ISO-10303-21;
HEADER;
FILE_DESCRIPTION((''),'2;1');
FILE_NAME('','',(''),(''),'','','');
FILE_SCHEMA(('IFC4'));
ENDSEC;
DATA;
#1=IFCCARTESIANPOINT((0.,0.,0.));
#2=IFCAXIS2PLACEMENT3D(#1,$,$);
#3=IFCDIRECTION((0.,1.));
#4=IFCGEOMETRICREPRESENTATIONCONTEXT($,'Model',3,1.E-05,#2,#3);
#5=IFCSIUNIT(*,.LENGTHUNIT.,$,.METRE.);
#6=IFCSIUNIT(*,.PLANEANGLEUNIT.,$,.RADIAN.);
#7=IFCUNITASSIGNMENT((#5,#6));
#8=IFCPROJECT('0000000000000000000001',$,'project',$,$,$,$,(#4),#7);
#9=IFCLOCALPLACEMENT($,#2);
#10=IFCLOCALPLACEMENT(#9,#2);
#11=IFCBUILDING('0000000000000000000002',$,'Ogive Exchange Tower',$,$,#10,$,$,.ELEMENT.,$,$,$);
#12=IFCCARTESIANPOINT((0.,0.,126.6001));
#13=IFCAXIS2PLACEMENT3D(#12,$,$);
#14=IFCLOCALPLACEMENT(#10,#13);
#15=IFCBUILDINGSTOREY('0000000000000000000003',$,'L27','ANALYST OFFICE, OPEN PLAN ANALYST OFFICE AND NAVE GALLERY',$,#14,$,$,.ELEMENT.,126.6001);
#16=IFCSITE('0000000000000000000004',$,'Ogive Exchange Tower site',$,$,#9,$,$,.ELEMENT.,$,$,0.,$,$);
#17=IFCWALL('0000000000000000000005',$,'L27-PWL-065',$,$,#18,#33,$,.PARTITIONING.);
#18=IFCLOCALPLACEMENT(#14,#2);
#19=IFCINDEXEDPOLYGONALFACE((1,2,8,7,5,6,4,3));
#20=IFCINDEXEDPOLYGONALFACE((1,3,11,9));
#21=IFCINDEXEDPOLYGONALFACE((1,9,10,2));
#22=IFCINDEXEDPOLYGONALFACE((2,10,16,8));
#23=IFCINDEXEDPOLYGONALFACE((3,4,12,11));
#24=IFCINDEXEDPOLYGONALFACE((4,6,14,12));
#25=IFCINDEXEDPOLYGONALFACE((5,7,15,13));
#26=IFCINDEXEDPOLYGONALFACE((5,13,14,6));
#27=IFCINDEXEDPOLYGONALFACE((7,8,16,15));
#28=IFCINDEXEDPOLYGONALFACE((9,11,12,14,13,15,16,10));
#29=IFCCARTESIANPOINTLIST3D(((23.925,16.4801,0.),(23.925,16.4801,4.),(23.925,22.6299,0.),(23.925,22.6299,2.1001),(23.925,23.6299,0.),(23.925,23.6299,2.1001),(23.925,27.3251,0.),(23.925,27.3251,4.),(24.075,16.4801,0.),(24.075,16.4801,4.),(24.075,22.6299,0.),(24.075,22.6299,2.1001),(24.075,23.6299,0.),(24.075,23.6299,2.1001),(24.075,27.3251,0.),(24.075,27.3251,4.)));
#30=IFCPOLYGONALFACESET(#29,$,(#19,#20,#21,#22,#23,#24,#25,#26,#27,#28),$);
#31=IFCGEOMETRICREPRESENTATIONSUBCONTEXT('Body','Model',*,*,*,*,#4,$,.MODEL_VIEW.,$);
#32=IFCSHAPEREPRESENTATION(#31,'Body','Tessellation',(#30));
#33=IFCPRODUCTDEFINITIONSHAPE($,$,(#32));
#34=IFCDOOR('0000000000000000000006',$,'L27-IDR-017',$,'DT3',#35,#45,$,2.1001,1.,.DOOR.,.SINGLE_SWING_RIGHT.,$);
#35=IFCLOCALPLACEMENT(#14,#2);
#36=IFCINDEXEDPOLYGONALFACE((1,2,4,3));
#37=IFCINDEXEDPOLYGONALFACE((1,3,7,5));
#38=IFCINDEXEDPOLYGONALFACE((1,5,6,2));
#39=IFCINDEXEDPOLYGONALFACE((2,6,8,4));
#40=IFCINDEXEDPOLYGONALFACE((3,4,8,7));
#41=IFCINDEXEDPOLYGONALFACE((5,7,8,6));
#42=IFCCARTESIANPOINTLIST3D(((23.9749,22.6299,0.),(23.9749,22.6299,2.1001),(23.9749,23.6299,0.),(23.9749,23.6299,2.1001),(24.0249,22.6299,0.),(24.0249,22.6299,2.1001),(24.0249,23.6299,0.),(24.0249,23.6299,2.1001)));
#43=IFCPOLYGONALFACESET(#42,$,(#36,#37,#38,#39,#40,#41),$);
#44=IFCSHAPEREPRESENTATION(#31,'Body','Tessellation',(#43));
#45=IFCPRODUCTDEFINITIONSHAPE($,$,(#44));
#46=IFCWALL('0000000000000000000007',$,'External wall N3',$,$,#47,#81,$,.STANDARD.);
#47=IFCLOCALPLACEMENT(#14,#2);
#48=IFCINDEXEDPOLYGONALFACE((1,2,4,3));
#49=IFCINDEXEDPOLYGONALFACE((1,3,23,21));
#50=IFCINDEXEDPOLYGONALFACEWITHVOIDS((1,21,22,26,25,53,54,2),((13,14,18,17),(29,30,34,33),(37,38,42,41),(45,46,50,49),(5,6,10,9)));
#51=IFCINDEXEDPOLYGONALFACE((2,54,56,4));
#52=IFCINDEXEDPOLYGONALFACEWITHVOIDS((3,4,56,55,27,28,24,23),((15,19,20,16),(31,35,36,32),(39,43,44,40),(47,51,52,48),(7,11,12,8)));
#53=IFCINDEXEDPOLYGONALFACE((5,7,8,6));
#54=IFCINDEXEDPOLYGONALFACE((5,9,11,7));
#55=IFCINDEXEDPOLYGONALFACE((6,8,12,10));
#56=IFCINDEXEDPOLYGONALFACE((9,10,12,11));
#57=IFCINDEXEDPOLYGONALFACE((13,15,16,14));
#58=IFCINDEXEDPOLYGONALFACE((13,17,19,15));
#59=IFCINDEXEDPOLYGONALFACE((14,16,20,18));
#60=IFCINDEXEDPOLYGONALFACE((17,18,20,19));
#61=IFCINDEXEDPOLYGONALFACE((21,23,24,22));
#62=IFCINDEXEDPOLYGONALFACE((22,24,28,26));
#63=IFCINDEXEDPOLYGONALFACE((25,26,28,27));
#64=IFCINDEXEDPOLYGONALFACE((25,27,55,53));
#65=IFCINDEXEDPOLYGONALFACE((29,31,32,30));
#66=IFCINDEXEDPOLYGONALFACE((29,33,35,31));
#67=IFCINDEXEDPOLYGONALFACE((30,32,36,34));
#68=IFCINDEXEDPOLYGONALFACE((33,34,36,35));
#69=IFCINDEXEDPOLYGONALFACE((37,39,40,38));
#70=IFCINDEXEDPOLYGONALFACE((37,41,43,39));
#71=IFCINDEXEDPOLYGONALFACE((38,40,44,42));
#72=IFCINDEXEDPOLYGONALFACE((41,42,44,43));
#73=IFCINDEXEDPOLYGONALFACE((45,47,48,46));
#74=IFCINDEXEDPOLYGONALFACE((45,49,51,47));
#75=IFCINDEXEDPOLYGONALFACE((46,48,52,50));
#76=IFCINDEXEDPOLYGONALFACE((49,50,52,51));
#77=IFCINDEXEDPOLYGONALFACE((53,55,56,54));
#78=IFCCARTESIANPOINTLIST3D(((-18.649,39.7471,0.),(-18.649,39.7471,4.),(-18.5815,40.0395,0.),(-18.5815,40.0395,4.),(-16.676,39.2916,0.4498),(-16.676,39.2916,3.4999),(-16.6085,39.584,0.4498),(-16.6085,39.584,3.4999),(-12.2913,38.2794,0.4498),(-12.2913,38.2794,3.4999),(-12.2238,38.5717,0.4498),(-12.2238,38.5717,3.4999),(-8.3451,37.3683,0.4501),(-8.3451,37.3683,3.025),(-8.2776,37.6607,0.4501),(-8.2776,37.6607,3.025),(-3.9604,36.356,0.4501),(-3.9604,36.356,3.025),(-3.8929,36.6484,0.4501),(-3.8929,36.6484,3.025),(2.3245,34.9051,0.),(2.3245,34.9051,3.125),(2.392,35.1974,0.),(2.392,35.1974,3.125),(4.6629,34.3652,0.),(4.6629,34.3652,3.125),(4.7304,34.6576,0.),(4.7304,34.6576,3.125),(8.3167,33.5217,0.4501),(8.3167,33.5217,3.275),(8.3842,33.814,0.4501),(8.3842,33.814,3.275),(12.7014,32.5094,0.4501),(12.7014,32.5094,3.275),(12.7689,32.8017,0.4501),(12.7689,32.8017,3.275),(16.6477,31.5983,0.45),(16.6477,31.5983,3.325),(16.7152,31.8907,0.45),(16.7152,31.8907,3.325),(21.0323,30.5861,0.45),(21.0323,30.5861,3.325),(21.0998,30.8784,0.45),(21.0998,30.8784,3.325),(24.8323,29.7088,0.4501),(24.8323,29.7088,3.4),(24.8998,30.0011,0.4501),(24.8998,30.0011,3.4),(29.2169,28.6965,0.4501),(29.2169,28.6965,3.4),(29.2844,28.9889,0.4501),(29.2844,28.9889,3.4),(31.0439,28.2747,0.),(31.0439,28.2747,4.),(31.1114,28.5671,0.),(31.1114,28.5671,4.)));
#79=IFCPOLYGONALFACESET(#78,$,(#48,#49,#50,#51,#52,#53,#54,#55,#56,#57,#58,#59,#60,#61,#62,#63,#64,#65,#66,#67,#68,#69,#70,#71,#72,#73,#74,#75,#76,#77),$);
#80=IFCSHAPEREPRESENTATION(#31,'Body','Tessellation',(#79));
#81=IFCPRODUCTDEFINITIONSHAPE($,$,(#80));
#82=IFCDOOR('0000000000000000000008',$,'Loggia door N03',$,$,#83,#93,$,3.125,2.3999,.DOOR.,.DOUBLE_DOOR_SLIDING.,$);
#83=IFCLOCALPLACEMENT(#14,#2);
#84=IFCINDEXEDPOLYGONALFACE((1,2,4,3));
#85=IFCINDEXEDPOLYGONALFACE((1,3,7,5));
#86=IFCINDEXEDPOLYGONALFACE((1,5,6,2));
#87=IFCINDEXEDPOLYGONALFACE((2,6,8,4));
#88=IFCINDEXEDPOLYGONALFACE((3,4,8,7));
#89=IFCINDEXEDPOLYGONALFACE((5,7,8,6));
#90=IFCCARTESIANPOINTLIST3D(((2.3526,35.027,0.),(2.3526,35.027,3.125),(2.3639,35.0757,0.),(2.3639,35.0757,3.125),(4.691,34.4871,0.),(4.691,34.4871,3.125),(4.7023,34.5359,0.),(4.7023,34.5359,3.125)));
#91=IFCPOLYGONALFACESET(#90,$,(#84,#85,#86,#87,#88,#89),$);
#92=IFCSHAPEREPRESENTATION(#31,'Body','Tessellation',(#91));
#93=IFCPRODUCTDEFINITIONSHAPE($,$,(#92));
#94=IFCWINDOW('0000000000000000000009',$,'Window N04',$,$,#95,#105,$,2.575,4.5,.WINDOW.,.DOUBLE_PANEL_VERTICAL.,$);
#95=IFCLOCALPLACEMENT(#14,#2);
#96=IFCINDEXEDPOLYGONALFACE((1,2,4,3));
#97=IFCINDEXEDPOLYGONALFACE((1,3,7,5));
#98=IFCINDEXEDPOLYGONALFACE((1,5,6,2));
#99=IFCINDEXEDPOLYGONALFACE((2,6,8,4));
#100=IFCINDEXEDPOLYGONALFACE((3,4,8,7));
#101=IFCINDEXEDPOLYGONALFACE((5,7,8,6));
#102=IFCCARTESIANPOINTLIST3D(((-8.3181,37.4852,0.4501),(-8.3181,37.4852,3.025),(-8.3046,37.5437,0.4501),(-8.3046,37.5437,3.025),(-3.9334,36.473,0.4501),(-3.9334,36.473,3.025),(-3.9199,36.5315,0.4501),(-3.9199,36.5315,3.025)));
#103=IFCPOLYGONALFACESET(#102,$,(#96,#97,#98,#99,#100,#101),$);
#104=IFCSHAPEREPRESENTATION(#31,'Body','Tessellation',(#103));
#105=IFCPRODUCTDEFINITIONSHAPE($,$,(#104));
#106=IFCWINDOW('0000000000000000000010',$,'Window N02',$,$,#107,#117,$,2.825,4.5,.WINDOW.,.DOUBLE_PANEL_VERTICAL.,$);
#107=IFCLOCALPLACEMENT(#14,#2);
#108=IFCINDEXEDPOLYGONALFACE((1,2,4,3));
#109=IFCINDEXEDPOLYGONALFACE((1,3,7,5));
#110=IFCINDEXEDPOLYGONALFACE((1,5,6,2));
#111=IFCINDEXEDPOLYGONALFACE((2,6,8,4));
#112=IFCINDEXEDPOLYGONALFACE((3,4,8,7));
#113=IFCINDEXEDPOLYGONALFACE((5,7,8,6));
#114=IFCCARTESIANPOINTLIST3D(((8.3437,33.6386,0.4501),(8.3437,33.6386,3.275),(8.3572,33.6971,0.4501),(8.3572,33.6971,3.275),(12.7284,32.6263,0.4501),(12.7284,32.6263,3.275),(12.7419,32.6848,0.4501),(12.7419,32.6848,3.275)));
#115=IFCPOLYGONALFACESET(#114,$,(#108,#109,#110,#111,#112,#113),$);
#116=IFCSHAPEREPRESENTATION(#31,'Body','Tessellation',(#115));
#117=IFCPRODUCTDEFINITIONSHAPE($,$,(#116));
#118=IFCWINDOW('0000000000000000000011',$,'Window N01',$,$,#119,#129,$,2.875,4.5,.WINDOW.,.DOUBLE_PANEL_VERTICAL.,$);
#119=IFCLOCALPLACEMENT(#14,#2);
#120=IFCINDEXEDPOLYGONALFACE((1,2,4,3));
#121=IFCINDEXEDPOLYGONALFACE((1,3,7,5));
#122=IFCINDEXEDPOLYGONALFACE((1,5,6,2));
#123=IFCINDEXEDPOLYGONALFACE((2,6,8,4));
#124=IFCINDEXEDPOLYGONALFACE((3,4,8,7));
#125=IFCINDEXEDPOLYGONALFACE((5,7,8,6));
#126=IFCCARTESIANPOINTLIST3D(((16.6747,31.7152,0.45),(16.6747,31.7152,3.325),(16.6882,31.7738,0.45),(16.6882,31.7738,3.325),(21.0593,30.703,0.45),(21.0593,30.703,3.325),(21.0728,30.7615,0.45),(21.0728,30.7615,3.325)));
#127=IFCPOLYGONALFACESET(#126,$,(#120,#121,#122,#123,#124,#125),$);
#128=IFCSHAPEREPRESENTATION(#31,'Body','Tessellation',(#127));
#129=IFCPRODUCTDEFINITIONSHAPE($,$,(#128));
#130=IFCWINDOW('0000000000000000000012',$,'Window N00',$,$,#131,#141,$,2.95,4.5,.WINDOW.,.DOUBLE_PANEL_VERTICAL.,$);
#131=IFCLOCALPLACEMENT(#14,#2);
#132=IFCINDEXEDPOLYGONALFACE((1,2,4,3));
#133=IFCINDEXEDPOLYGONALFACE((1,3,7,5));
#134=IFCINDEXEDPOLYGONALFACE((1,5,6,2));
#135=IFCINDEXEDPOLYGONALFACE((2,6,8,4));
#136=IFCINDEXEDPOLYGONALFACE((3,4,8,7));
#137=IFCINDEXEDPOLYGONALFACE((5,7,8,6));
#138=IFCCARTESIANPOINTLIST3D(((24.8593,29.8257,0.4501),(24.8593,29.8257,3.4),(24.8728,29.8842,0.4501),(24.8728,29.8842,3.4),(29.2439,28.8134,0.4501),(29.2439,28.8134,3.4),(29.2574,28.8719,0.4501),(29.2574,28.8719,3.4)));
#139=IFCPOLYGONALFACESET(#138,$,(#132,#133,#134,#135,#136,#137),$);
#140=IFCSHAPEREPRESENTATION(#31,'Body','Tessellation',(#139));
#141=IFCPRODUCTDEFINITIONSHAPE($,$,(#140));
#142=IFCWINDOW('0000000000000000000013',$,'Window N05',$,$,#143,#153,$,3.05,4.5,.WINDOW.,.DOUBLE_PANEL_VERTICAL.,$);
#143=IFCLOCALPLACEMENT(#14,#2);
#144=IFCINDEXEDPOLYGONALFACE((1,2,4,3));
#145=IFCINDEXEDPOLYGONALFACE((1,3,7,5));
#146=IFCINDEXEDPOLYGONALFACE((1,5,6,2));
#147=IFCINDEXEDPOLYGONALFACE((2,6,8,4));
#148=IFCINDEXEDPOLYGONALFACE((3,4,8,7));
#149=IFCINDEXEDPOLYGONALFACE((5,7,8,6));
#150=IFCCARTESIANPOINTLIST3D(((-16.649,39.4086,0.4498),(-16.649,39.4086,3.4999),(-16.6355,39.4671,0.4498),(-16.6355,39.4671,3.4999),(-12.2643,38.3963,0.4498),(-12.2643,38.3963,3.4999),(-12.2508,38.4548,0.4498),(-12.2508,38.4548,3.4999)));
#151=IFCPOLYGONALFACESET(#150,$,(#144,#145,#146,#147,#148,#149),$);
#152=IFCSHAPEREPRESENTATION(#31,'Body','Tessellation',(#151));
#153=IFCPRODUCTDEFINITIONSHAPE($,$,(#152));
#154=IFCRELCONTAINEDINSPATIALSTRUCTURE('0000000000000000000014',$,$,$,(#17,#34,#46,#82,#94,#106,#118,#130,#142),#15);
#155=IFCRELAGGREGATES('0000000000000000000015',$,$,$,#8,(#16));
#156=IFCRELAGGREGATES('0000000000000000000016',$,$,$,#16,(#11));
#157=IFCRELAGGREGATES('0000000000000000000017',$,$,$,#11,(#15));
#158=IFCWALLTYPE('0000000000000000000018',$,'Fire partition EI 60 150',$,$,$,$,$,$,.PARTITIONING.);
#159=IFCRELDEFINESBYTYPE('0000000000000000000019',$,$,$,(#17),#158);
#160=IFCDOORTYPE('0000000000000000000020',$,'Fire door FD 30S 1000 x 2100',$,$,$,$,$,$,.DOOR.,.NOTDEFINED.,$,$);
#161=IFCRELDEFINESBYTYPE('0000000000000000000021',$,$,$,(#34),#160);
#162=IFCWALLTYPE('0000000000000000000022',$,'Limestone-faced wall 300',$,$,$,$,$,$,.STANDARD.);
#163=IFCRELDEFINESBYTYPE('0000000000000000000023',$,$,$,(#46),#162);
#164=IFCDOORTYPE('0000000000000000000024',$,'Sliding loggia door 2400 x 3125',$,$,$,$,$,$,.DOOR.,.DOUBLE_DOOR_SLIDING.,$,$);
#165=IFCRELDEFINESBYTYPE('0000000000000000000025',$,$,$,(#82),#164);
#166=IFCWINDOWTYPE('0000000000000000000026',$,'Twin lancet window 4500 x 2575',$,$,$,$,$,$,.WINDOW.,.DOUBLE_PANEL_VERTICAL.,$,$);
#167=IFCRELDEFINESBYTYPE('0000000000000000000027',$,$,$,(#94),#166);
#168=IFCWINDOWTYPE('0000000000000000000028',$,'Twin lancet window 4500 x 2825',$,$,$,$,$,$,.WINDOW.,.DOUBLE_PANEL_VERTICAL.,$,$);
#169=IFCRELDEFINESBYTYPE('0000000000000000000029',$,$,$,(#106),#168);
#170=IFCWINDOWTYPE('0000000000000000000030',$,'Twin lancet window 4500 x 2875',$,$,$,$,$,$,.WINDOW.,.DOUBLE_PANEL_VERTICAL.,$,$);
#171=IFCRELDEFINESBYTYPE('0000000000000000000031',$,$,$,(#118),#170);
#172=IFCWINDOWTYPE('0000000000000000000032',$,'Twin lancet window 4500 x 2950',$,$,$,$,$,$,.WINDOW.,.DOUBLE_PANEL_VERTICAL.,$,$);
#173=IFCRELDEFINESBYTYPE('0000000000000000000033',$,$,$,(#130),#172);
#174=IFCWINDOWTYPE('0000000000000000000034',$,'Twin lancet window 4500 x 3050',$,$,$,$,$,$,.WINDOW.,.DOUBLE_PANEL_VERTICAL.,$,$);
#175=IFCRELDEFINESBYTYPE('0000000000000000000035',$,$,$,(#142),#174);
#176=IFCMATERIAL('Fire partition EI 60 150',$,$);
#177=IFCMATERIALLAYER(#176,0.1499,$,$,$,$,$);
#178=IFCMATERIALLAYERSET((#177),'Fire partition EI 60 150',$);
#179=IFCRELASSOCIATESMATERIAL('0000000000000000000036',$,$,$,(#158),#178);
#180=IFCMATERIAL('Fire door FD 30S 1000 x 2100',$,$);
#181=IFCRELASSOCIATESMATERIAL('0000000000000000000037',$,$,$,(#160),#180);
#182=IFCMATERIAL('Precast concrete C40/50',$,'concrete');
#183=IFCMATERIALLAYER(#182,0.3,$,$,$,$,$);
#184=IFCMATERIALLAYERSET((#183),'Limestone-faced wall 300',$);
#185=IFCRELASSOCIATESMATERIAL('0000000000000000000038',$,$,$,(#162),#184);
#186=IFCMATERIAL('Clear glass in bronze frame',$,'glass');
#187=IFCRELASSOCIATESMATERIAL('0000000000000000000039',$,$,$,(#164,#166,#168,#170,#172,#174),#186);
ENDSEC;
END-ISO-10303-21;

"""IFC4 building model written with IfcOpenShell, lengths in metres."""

from ifc_helpers import new_model, si_unit, direction, frame, frame_2d, origin, place, context, subcontext, project, spatial, rectangle, extrude, material, layer, layer_set, type_object, element, fill, save


model = new_model("IFC4")

# Units and contexts
model_context = context("Model", 3, precision=1e-05, world=origin(), true_north=direction((0.0, 1.0)))
body_context = subcontext(model_context, "Body", "Model", "MODEL_VIEW")
ifc_project = project(units=[si_unit("LENGTHUNIT", "METRE"), si_unit("PLANEANGLEUNIT", "RADIAN")], contexts=[model_context])

# Site, building, storey
site_placement = place(None, origin())
site = spatial("IfcSite", under=ifc_project, at=site_placement, Name="Ogive Exchange Tower site", CompositionType="ELEMENT", RefElevation=0.0)
building_placement = place(site_placement, origin())
building = spatial("IfcBuilding", under=site, at=building_placement, Name="Ogive Exchange Tower", CompositionType="ELEMENT")
storey_placement = place(building_placement, frame((0.0, 0.0, 126.6001)))
storey = spatial("IfcBuildingStorey", under=building, at=storey_placement, Name="L27", Description="ANALYST OFFICE, OPEN PLAN ANALYST OFFICE AND NAVE GALLERY", CompositionType="ELEMENT", Elevation=126.6001)

# Shared definitions
ifc_material_1 = material(Name="Fire partition EI 60 150")
ifc_layer_1 = layer(ifc_material_1, 0.1499)
ifc_layer_set_1 = layer_set([ifc_layer_1], Name="Fire partition EI 60 150")
wall_type_1 = type_object("IfcWallType", Name="Fire partition EI 60 150", PredefinedType="PARTITIONING", material=ifc_layer_set_1)

# Wall, opening, door
wall_1_placement = place(storey_placement, frame((24.0, 27.325, 0.0), z_axis=(0.0, 0.0, 1.0), x_axis=(0.0, -1.0, 0.0)))
wall_1 = element("IfcWall", 1, at=wall_1_placement, inside=storey, type_object=wall_type_1, Name="L27-PWL-065", PredefinedType="PARTITIONING", context=body_context, shape_type="SweptSolid", body=[
    extrude(rectangle(XDim=10.845, YDim=0.1499, at=frame_2d((5.4224, 0.0))), origin(), (0.0, 0.0, 1.0), 4.0),
])
opening_1_placement = place(wall_1_placement, frame((3.6951, 0.0, 0.0)))
opening_1 = element("IfcOpeningElement", 2, at=opening_1_placement, cuts=wall_1, PredefinedType="OPENING", context=body_context, shape_type="SweptSolid", body=[
    extrude(rectangle(XDim=1.0, YDim=2.1001, at=frame_2d((0.5, 1.05))), frame((0.0, 0.085, 0.0), z_axis=(0.0, -1.0, 0.0), x_axis=(1.0, 0.0, 0.0)), (0.0, 0.0, 1.0), 0.1699),
])
ifc_material_2 = material(Name="Fire door FD 30S 1000 x 2100")
door_type_1 = type_object("IfcDoorType", Name="Fire door FD 30S 1000 x 2100", OperationType="NOTDEFINED", PredefinedType="DOOR", material=ifc_material_2)
door_1_placement = place(opening_1_placement, origin())
door_1 = element("IfcDoor", 3, at=door_1_placement, inside=storey, type_object=door_type_1, Name="L27-IDR-017", ObjectType="DT3", OperationType="SINGLE_SWING_RIGHT", OverallHeight=2.1001, OverallWidth=1.0, PredefinedType="DOOR", context=body_context, shape_type="SweptSolid", body=[
    extrude(rectangle(XDim=1.0, YDim=2.1001, at=frame_2d((0.5, 1.05))), frame((0.0, 0.0249, 0.0), z_axis=(0.0, -1.0, 0.0), x_axis=(1.0, 0.0, 0.0)), (0.0, 0.0, 1.0), 0.05),
])
fill(opening_1, door_1)

# Wall, openings, door, windows
ifc_material_3 = material(Name="Precast concrete C40/50", Category="concrete")
ifc_layer_2 = layer(ifc_material_3, 0.3)
ifc_layer_set_2 = layer_set([ifc_layer_2], Name="Limestone-faced wall 300")
wall_type_2 = type_object("IfcWallType", Name="Limestone-faced wall 300", PredefinedType="STANDARD", material=ifc_layer_set_2)
wall_2_placement = place(storey_placement, frame((31.0776, 28.4209, 0.0), z_axis=(0.0, 0.0, 1.0), x_axis=(-0.97437, 0.224949, 0.0)))
wall_2 = element("IfcWall", 4, at=wall_2_placement, inside=storey, type_object=wall_type_2, Name="External wall N3", PredefinedType="STANDARD", context=body_context, shape_type="SweptSolid", body=[
    extrude(rectangle(XDim=51.0, YDim=0.3, at=frame_2d((25.5, 0.0))), origin(), (0.0, 0.0, 1.0), 4.0),
])
opening_2_placement = place(wall_2_placement, frame((1.875, 0.0, 0.45)))
opening_2 = element("IfcOpeningElement", 5, at=opening_2_placement, cuts=wall_2, PredefinedType="OPENING", context=body_context, shape_type="SweptSolid", body=[
    extrude(rectangle(XDim=4.5, YDim=2.95, at=frame_2d((2.25, 1.4751))), frame((0.0, 0.1599, 0.0), z_axis=(0.0, -1.0, 0.0), x_axis=(1.0, 0.0, 0.0)), (0.0, 0.0, 1.0), 0.3201),
])
opening_3_placement = place(wall_2_placement, frame((10.2749, 0.0, 0.45)))
opening_3 = element("IfcOpeningElement", 6, at=opening_3_placement, cuts=wall_2, PredefinedType="OPENING", context=body_context, shape_type="SweptSolid", body=[
    extrude(rectangle(XDim=4.5, YDim=2.875, at=frame_2d((2.25, 1.4375))), frame((0.0, 0.1599, 0.0), z_axis=(0.0, -1.0, 0.0), x_axis=(1.0, 0.0, 0.0)), (0.0, 0.0, 1.0), 0.3201),
])
opening_4_placement = place(wall_2_placement, frame((18.825, 0.0, 0.45)))
opening_4 = element("IfcOpeningElement", 7, at=opening_4_placement, cuts=wall_2, PredefinedType="OPENING", context=body_context, shape_type="SweptSolid", body=[
    extrude(rectangle(XDim=4.5, YDim=2.825, at=frame_2d((2.25, 1.4126))), frame((0.0, 0.1599, 0.0), z_axis=(0.0, -1.0, 0.0), x_axis=(1.0, 0.0, 0.0)), (0.0, 0.0, 1.0), 0.3201),
])
opening_5_placement = place(wall_2_placement, frame((27.075, 0.0, 0.0)))
opening_5 = element("IfcOpeningElement", 8, at=opening_5_placement, cuts=wall_2, PredefinedType="OPENING", context=body_context, shape_type="SweptSolid", body=[
    extrude(rectangle(XDim=2.3999, YDim=3.125, at=frame_2d((1.2, 1.5625))), frame((0.0, 0.1599, 0.0), z_axis=(0.0, -1.0, 0.0), x_axis=(1.0, 0.0, 0.0)), (0.0, 0.0, 1.0), 0.3201),
])
opening_6_placement = place(wall_2_placement, frame((35.925, 0.0, 0.45)))
opening_6 = element("IfcOpeningElement", 9, at=opening_6_placement, cuts=wall_2, PredefinedType="OPENING", context=body_context, shape_type="SweptSolid", body=[
    extrude(rectangle(XDim=4.5, YDim=2.575, at=frame_2d((2.25, 1.2876))), frame((0.0, 0.1599, 0.0), z_axis=(0.0, -1.0, 0.0), x_axis=(1.0, 0.0, 0.0)), (0.0, 0.0, 1.0), 0.3201),
])
opening_7_placement = place(wall_2_placement, frame((44.4751, 0.0, 0.45)))
opening_7 = element("IfcOpeningElement", 10, at=opening_7_placement, cuts=wall_2, PredefinedType="OPENING", context=body_context, shape_type="SweptSolid", body=[
    extrude(rectangle(XDim=4.5, YDim=3.05, at=frame_2d((2.25, 1.5249))), frame((0.0, 0.1599, 0.0), z_axis=(0.0, -1.0, 0.0), x_axis=(1.0, 0.0, 0.0)), (0.0, 0.0, 1.0), 0.3201),
])
ifc_material_4 = material(Name="Clear glass in bronze frame", Category="glass")
door_type_2 = type_object("IfcDoorType", Name="Sliding loggia door 2400 x 3125", OperationType="DOUBLE_DOOR_SLIDING", PredefinedType="DOOR", material=ifc_material_4)
door_2_placement = place(opening_5_placement, origin())
door_2 = element("IfcDoor", 11, at=door_2_placement, inside=storey, type_object=door_type_2, Name="Loggia door N03", OperationType="DOUBLE_DOOR_SLIDING", OverallHeight=3.125, OverallWidth=2.3999, PredefinedType="DOOR", context=body_context, shape_type="SweptSolid", body=[
    extrude(rectangle(XDim=2.3999, YDim=3.125, at=frame_2d((1.2, 1.5625))), frame((0.0, 0.0249, 0.0), z_axis=(0.0, -1.0, 0.0), x_axis=(1.0, 0.0, 0.0)), (0.0, 0.0, 1.0), 0.05),
])
fill(opening_5, door_2)
window_type_1 = type_object("IfcWindowType", Name="Twin lancet window 4500 x 2575", PartitioningType="DOUBLE_PANEL_VERTICAL", PredefinedType="WINDOW", material=ifc_material_4)
window_1_placement = place(opening_6_placement, origin())
window_1 = element("IfcWindow", 12, at=window_1_placement, inside=storey, type_object=window_type_1, Name="Window N04", OverallHeight=2.575, OverallWidth=4.5, PartitioningType="DOUBLE_PANEL_VERTICAL", PredefinedType="WINDOW", context=body_context, shape_type="SweptSolid", body=[
    extrude(rectangle(XDim=4.5, YDim=2.575, at=frame_2d((2.25, 1.2876))), frame((0.0, 0.03, 0.0), z_axis=(0.0, -1.0, 0.0), x_axis=(1.0, 0.0, 0.0)), (0.0, 0.0, 1.0), 0.0601),
])
fill(opening_6, window_1)
window_type_2 = type_object("IfcWindowType", Name="Twin lancet window 4500 x 2825", PartitioningType="DOUBLE_PANEL_VERTICAL", PredefinedType="WINDOW", material=ifc_material_4)
window_2_placement = place(opening_4_placement, origin())
window_2 = element("IfcWindow", 13, at=window_2_placement, inside=storey, type_object=window_type_2, Name="Window N02", OverallHeight=2.825, OverallWidth=4.5, PartitioningType="DOUBLE_PANEL_VERTICAL", PredefinedType="WINDOW", context=body_context, shape_type="SweptSolid", body=[
    extrude(rectangle(XDim=4.5, YDim=2.825, at=frame_2d((2.25, 1.4126))), frame((0.0, 0.03, 0.0), z_axis=(0.0, -1.0, 0.0), x_axis=(1.0, 0.0, 0.0)), (0.0, 0.0, 1.0), 0.0601),
])
fill(opening_4, window_2)
window_type_3 = type_object("IfcWindowType", Name="Twin lancet window 4500 x 2875", PartitioningType="DOUBLE_PANEL_VERTICAL", PredefinedType="WINDOW", material=ifc_material_4)
window_3_placement = place(opening_3_placement, origin())
window_3 = element("IfcWindow", 14, at=window_3_placement, inside=storey, type_object=window_type_3, Name="Window N01", OverallHeight=2.875, OverallWidth=4.5, PartitioningType="DOUBLE_PANEL_VERTICAL", PredefinedType="WINDOW", context=body_context, shape_type="SweptSolid", body=[
    extrude(rectangle(XDim=4.5, YDim=2.875, at=frame_2d((2.25, 1.4375))), frame((0.0, 0.03, 0.0), z_axis=(0.0, -1.0, 0.0), x_axis=(1.0, 0.0, 0.0)), (0.0, 0.0, 1.0), 0.0601),
])
fill(opening_3, window_3)
window_type_4 = type_object("IfcWindowType", Name="Twin lancet window 4500 x 2950", PartitioningType="DOUBLE_PANEL_VERTICAL", PredefinedType="WINDOW", material=ifc_material_4)
window_4_placement = place(opening_2_placement, origin())
window_4 = element("IfcWindow", 15, at=window_4_placement, inside=storey, type_object=window_type_4, Name="Window N00", OverallHeight=2.95, OverallWidth=4.5, PartitioningType="DOUBLE_PANEL_VERTICAL", PredefinedType="WINDOW", context=body_context, shape_type="SweptSolid", body=[
    extrude(rectangle(XDim=4.5, YDim=2.95, at=frame_2d((2.25, 1.4751))), frame((0.0, 0.03, 0.0), z_axis=(0.0, -1.0, 0.0), x_axis=(1.0, 0.0, 0.0)), (0.0, 0.0, 1.0), 0.0601),
])
fill(opening_2, window_4)
window_type_5 = type_object("IfcWindowType", Name="Twin lancet window 4500 x 3050", PartitioningType="DOUBLE_PANEL_VERTICAL", PredefinedType="WINDOW", material=ifc_material_4)
window_5_placement = place(opening_7_placement, origin())
window_5 = element("IfcWindow", 16, at=window_5_placement, inside=storey, type_object=window_type_5, Name="Window N05", OverallHeight=3.05, OverallWidth=4.5, PartitioningType="DOUBLE_PANEL_VERTICAL", PredefinedType="WINDOW", context=body_context, shape_type="SweptSolid", body=[
    extrude(rectangle(XDim=4.5, YDim=3.05, at=frame_2d((2.25, 1.5249))), frame((0.0, 0.03, 0.0), z_axis=(0.0, -1.0, 0.0), x_axis=(1.0, 0.0, 0.0)), (0.0, 0.0, 1.0), 0.0601),
])
fill(opening_7, window_5)

save(model, "model.ifc")
